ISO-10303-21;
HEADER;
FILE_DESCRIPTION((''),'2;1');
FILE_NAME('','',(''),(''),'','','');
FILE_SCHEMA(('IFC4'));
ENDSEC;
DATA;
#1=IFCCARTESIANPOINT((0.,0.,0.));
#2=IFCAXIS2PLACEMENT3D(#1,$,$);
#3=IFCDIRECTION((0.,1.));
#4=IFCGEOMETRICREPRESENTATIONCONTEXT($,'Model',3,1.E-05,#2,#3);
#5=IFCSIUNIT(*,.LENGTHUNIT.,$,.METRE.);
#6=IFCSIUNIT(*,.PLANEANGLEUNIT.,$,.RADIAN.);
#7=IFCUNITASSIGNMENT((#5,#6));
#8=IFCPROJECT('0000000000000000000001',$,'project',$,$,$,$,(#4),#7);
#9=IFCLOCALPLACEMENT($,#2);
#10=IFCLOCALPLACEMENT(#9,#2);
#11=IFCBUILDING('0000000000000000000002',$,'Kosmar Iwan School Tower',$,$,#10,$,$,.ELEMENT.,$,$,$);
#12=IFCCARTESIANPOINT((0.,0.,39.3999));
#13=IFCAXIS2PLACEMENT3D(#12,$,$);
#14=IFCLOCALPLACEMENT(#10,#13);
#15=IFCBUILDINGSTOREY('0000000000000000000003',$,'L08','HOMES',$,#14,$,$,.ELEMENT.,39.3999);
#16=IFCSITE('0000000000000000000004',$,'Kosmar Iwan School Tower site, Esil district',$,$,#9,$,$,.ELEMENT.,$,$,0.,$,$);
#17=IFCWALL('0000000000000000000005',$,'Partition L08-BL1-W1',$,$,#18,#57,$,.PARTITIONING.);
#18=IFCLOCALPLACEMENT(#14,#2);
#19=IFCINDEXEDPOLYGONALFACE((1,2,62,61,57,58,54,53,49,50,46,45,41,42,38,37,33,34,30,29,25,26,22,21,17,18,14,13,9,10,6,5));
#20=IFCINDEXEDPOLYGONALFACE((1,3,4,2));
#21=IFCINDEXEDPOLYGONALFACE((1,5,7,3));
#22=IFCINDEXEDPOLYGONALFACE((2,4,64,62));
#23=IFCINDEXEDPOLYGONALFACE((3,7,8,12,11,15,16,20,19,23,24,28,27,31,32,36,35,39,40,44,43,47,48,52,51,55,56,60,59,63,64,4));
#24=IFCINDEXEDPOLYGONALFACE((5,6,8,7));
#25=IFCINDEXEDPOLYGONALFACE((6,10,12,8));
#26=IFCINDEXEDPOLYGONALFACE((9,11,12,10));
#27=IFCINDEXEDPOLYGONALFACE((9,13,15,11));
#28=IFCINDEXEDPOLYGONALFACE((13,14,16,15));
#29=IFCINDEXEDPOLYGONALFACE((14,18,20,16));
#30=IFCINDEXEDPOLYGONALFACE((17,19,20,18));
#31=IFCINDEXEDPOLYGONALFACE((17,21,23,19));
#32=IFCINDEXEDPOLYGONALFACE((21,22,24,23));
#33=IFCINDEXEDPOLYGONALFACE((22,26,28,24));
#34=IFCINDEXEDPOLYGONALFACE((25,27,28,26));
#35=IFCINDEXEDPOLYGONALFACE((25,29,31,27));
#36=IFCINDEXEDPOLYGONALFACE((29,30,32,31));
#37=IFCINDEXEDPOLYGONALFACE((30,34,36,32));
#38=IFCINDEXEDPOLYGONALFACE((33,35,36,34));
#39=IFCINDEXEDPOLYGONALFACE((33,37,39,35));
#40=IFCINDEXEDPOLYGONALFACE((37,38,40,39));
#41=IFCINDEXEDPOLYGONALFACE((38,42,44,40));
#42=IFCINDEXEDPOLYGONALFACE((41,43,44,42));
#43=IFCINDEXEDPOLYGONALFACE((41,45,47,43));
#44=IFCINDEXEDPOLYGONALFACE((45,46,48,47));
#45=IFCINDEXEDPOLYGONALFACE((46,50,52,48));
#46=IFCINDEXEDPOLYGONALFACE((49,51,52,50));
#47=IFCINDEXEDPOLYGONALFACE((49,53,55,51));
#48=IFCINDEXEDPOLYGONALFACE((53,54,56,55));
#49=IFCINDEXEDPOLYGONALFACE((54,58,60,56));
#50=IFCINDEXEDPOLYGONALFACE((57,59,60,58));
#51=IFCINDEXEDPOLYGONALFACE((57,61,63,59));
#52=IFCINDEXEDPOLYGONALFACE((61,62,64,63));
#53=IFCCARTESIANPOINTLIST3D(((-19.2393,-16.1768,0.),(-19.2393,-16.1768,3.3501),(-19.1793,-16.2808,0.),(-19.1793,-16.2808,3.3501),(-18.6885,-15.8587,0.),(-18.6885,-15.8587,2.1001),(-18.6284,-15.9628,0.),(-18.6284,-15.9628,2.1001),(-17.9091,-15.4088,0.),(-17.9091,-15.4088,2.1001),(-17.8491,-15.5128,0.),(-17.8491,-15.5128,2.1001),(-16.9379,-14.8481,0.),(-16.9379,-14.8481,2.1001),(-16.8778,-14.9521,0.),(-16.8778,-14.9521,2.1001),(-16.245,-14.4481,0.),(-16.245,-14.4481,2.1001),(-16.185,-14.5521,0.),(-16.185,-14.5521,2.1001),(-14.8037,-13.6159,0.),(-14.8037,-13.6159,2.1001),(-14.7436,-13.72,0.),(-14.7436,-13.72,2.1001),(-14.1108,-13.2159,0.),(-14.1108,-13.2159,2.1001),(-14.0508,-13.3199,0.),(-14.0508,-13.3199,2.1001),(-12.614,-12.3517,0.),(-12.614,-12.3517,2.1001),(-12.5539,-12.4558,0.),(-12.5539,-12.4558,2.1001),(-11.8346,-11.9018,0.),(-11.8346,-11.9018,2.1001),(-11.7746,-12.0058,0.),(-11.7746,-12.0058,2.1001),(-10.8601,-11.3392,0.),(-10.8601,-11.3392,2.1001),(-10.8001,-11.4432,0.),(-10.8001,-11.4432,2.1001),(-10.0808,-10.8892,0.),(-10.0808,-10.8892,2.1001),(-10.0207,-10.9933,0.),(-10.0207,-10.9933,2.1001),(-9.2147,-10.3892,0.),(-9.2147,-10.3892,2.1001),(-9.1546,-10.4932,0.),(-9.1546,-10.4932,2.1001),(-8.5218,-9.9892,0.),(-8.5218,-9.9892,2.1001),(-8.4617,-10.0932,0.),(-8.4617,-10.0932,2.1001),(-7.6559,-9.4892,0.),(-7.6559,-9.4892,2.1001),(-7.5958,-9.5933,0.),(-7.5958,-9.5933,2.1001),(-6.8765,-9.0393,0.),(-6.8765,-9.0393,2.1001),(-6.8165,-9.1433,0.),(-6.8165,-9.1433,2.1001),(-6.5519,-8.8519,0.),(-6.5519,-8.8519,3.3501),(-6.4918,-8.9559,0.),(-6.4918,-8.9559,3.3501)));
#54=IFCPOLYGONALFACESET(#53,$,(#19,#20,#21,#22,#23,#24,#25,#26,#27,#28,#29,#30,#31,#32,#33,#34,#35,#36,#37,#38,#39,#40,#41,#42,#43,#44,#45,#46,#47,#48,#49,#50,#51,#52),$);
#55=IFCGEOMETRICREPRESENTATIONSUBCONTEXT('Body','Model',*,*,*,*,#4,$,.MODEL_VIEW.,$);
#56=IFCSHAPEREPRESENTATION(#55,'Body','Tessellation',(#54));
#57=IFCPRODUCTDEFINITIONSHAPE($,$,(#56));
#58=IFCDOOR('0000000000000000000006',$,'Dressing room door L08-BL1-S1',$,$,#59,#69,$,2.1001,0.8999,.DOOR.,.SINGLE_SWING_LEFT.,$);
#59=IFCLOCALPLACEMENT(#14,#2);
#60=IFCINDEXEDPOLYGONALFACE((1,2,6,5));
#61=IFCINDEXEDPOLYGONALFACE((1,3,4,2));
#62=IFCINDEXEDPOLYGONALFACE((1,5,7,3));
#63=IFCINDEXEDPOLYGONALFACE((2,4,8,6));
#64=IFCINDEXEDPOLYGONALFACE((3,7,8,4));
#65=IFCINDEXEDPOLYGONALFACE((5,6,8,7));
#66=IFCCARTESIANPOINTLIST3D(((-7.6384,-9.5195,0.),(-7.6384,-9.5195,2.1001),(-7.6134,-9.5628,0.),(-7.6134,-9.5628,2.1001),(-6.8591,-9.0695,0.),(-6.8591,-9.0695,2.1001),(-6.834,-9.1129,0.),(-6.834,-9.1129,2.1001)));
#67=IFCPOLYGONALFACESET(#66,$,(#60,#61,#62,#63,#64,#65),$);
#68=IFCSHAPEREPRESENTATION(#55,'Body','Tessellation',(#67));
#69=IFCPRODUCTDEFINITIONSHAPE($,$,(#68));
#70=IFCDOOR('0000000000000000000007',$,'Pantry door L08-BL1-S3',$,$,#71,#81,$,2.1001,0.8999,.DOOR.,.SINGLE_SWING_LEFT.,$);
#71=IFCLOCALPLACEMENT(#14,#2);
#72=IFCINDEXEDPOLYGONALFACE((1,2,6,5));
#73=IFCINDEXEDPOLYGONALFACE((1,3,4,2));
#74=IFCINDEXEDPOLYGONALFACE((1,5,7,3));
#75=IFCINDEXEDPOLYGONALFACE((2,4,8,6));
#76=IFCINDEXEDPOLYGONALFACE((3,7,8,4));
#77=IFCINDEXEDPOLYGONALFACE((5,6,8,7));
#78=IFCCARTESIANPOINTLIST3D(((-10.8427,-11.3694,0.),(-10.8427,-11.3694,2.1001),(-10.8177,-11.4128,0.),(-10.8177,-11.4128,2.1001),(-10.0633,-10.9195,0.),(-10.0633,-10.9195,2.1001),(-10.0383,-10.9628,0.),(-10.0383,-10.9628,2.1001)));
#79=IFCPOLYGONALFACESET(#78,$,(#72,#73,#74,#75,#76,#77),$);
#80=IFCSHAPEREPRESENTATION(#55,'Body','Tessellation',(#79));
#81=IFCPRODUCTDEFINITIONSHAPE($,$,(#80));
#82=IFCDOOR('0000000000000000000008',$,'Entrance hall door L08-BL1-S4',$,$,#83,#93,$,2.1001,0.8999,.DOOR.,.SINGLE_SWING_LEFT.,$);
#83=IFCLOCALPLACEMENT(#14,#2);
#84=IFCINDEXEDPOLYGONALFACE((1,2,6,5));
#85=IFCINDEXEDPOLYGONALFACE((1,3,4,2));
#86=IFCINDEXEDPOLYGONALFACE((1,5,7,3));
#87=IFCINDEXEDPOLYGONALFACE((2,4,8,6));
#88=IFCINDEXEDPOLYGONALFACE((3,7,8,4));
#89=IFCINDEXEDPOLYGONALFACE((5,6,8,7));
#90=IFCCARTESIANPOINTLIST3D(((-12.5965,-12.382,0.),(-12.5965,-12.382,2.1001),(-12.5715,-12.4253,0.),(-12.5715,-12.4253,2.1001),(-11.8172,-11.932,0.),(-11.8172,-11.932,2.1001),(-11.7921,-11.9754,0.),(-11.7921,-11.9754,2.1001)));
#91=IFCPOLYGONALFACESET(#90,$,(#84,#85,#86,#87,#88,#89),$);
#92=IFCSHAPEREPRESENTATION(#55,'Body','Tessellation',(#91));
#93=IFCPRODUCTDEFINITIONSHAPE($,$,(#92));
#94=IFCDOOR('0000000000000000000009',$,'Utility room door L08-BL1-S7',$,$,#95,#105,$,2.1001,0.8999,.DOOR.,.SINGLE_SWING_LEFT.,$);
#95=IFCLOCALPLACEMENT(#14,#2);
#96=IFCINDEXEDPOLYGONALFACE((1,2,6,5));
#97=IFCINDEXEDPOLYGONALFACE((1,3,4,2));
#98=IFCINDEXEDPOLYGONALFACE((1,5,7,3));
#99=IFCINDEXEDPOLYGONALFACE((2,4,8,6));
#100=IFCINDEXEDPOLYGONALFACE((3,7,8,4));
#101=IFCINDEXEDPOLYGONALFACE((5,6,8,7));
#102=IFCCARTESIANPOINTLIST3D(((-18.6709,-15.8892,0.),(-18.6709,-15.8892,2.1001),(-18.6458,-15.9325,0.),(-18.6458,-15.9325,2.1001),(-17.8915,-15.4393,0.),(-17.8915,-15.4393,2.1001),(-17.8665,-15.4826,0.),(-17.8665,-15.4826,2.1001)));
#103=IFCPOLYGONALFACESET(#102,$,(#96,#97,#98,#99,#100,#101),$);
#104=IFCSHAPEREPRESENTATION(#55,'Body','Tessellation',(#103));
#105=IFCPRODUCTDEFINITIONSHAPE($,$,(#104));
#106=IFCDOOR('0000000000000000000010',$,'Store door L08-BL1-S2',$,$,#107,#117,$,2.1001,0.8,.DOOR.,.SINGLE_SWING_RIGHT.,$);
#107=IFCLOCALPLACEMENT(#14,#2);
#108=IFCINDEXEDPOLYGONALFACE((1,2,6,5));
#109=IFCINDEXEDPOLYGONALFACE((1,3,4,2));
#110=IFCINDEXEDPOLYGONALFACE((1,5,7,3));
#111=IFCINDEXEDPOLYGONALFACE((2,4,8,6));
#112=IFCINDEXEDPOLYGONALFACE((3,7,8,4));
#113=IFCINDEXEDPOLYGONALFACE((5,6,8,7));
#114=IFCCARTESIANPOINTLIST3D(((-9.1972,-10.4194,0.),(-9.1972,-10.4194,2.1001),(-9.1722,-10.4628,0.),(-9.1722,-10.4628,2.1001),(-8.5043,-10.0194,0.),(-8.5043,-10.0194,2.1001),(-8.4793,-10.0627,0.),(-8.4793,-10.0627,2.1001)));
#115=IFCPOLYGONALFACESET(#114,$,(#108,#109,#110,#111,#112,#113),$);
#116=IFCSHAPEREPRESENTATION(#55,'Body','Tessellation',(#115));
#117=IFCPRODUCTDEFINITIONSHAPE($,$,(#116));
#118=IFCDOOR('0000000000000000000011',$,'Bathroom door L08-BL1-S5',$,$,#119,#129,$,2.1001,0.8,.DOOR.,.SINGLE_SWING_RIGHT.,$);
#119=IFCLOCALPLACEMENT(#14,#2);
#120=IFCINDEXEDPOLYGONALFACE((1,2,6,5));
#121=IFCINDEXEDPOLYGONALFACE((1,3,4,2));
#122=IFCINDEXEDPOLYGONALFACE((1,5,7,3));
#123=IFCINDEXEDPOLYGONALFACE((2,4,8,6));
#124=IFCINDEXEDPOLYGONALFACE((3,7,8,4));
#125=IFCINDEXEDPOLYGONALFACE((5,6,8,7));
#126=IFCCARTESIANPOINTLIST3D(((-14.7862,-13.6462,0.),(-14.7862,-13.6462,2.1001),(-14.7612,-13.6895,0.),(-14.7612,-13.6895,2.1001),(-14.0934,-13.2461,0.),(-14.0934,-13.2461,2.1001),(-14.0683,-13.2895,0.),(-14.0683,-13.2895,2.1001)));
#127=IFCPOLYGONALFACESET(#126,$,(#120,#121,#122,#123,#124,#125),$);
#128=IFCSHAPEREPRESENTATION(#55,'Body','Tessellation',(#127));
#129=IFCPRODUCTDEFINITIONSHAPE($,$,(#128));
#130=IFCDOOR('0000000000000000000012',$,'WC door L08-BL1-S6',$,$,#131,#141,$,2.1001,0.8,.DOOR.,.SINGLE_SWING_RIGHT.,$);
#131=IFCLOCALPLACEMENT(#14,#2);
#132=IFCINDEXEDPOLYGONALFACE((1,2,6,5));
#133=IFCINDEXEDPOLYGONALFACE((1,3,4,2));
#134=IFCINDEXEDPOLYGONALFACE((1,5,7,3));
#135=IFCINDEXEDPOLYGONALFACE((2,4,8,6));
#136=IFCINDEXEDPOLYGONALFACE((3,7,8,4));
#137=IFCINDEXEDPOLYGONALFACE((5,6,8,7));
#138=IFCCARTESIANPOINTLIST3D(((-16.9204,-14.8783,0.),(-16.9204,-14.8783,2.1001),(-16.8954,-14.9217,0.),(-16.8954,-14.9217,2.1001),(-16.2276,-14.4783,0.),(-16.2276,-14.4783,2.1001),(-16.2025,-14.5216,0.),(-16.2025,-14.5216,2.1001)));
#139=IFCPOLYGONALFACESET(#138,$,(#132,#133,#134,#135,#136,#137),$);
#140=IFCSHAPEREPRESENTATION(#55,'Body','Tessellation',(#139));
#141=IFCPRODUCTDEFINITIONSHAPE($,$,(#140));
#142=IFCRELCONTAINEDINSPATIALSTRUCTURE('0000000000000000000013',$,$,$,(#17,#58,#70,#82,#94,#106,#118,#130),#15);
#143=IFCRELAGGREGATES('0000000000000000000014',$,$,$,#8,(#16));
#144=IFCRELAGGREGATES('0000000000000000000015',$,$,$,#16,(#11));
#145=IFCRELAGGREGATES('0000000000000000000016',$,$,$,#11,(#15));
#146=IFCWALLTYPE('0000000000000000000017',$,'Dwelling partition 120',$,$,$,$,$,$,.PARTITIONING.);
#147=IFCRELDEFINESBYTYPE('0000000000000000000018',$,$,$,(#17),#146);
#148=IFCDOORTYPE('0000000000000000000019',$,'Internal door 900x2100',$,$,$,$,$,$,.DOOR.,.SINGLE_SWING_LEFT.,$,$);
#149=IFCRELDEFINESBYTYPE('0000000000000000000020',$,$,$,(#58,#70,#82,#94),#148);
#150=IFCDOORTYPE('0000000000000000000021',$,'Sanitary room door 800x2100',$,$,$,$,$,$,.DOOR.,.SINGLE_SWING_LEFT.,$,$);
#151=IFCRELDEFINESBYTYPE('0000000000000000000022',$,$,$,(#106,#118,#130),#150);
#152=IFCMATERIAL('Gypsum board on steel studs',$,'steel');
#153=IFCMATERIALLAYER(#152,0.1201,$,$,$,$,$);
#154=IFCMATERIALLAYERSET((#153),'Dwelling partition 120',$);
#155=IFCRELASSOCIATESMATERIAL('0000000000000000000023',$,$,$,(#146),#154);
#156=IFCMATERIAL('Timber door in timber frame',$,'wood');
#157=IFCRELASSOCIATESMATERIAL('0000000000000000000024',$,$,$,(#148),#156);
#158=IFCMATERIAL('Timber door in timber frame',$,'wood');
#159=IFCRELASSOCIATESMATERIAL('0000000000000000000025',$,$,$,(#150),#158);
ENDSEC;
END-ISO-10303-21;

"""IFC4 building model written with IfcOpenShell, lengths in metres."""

from ifc_helpers import new_model, si_unit, direction, frame, frame_2d, origin, place, context, subcontext, project, spatial, rectangle, extrude, material, layer, layer_set, type_object, element, fill, save


model = new_model("IFC4")

# Units and contexts
model_context = context("Model", 3, precision=1e-05, world=origin(), true_north=direction((0.0, 1.0)))
body_context = subcontext(model_context, "Body", "Model", "MODEL_VIEW")
ifc_project = project(units=[si_unit("LENGTHUNIT", "METRE"), si_unit("PLANEANGLEUNIT", "RADIAN")], contexts=[model_context])

# Site, building, storey
site_placement = place(None, origin())
site = spatial("IfcSite", under=ifc_project, at=site_placement, Name="Kosmar Iwan School Tower site, Esil district", CompositionType="ELEMENT", RefElevation=0.0)
building_placement = place(site_placement, origin())
building = spatial("IfcBuilding", under=site, at=building_placement, Name="Kosmar Iwan School Tower", CompositionType="ELEMENT")
storey_placement = place(building_placement, frame((0.0, 0.0, 39.3999)))
storey = spatial("IfcBuildingStorey", under=building, at=storey_placement, Name="L08", Description="HOMES", CompositionType="ELEMENT", Elevation=39.3999)

# Wall, openings, doors
ifc_material_1 = material(Name="Gypsum board on steel studs", Category="steel")
ifc_layer_1 = layer(ifc_material_1, 0.1201)
ifc_layer_set_1 = layer_set([ifc_layer_1], Name="Dwelling partition 120")
wall_type_1 = type_object("IfcWallType", Name="Dwelling partition 120", PredefinedType="PARTITIONING", material=ifc_layer_set_1)
wall_1_placement = place(storey_placement, frame((-6.5217, -8.9038, 0.0), z_axis=(0.0, 0.0, 1.0), x_axis=(-0.866031, -0.499991, 0.0)))
wall_1 = element("IfcWall", 1, at=wall_1_placement, inside=storey, type_object=wall_type_1, Name="Partition L08-BL1-W1", PredefinedType="PARTITIONING", context=body_context, shape_type="SweptSolid", body=[
    extrude(rectangle(XDim=14.6501, YDim=0.1201, at=frame_2d((7.3252, 0.0))), origin(), (0.0, 0.0, 1.0), 3.3501),
])
opening_1_placement = place(wall_1_placement, frame((0.375, 0.0, 0.0)))
opening_1 = element("IfcOpeningElement", 2, at=opening_1_placement, cuts=wall_1, PredefinedType="OPENING", context=body_context, shape_type="SweptSolid", body=[
    extrude(rectangle(XDim=0.8999, YDim=2.1001, at=frame_2d((0.45, 1.05))), frame((0.0, 0.072, 0.0), z_axis=(0.0, -1.0, 0.0), x_axis=(1.0, 0.0, 0.0)), (0.0, 0.0, 1.0), 0.144),
])
opening_2_placement = place(wall_1_placement, frame((2.2749, 0.0, 0.0)))
opening_2 = element("IfcOpeningElement", 3, at=opening_2_placement, cuts=wall_1, PredefinedType="OPENING", context=body_context, shape_type="SweptSolid", body=[
    extrude(rectangle(XDim=0.8, YDim=2.1001, at=frame_2d((0.3999, 1.05))), frame((0.0, 0.072, 0.0), z_axis=(0.0, -1.0, 0.0), x_axis=(1.0, 0.0, 0.0)), (0.0, 0.0, 1.0), 0.144),
])
opening_3_placement = place(wall_1_placement, frame((4.075, 0.0, 0.0)))
opening_3 = element("IfcOpeningElement", 4, at=opening_3_placement, cuts=wall_1, PredefinedType="OPENING", context=body_context, shape_type="SweptSolid", body=[
    extrude(rectangle(XDim=0.8999, YDim=2.1001, at=frame_2d((0.45, 1.05))), frame((0.0, 0.072, 0.0), z_axis=(0.0, -1.0, 0.0), x_axis=(1.0, 0.0, 0.0)), (0.0, 0.0, 1.0), 0.144),
])
opening_4_placement = place(wall_1_placement, frame((6.1001, 0.0, 0.0)))
opening_4 = element("IfcOpeningElement", 5, at=opening_4_placement, cuts=wall_1, PredefinedType="OPENING", context=body_context, shape_type="SweptSolid", body=[
    extrude(rectangle(XDim=0.8999, YDim=2.1001, at=frame_2d((0.45, 1.05))), frame((0.0, 0.072, 0.0), z_axis=(0.0, -1.0, 0.0), x_axis=(1.0, 0.0, 0.0)), (0.0, 0.0, 1.0), 0.144),
])
opening_5_placement = place(wall_1_placement, frame((8.7285, 0.0, 0.0)))
opening_5 = element("IfcOpeningElement", 6, at=opening_5_placement, cuts=wall_1, PredefinedType="OPENING", context=body_context, shape_type="SweptSolid", body=[
    extrude(rectangle(XDim=0.8, YDim=2.1001, at=frame_2d((0.3999, 1.05))), frame((0.0, 0.072, 0.0), z_axis=(0.0, -1.0, 0.0), x_axis=(1.0, 0.0, 0.0)), (0.0, 0.0, 1.0), 0.144),
])
opening_6_placement = place(wall_1_placement, frame((11.1929, 0.0, 0.0)))
opening_6 = element("IfcOpeningElement", 7, at=opening_6_placement, cuts=wall_1, PredefinedType="OPENING", context=body_context, shape_type="SweptSolid", body=[
    extrude(rectangle(XDim=0.8, YDim=2.1001, at=frame_2d((0.3999, 1.05))), frame((0.0, 0.072, 0.0), z_axis=(0.0, -1.0, 0.0), x_axis=(1.0, 0.0, 0.0)), (0.0, 0.0, 1.0), 0.144),
])
opening_7_placement = place(wall_1_placement, frame((13.1143, 0.0, 0.0)))
opening_7 = element("IfcOpeningElement", 8, at=opening_7_placement, cuts=wall_1, PredefinedType="OPENING", context=body_context, shape_type="SweptSolid", body=[
    extrude(rectangle(XDim=0.8999, YDim=2.1001, at=frame_2d((0.45, 1.05))), frame((0.0, 0.072, 0.0), z_axis=(0.0, -1.0, 0.0), x_axis=(1.0, 0.0, 0.0)), (0.0, 0.0, 1.0), 0.144),
])
ifc_material_2 = material(Name="Timber door in timber frame", Category="wood")
door_type_1 = type_object("IfcDoorType", Name="Internal door 900x2100", OperationType="SINGLE_SWING_LEFT", PredefinedType="DOOR", material=ifc_material_2)
door_1_placement = place(opening_1_placement, origin())
door_1 = element("IfcDoor", 9, at=door_1_placement, inside=storey, type_object=door_type_1, Name="Dressing room door L08-BL1-S1", OperationType="SINGLE_SWING_LEFT", OverallHeight=2.1001, OverallWidth=0.8999, PredefinedType="DOOR", context=body_context, shape_type="SweptSolid", body=[
    extrude(rectangle(XDim=0.8999, YDim=2.1001, at=frame_2d((0.45, 1.05))), frame((0.0, 0.0249, 0.0), z_axis=(0.0, -1.0, 0.0), x_axis=(1.0, 0.0, 0.0)), (0.0, 0.0, 1.0), 0.05),
])
fill(opening_1, door_1)
door_2_placement = place(opening_3_placement, origin())
door_2 = element("IfcDoor", 10, at=door_2_placement, inside=storey, type_object=door_type_1, Name="Pantry door L08-BL1-S3", OperationType="SINGLE_SWING_LEFT", OverallHeight=2.1001, OverallWidth=0.8999, PredefinedType="DOOR", context=body_context, shape_type="SweptSolid", body=[
    extrude(rectangle(XDim=0.8999, YDim=2.1001, at=frame_2d((0.45, 1.05))), frame((0.0, 0.0249, 0.0), z_axis=(0.0, -1.0, 0.0), x_axis=(1.0, 0.0, 0.0)), (0.0, 0.0, 1.0), 0.05),
])
fill(opening_3, door_2)
door_3_placement = place(opening_4_placement, origin())
door_3 = element("IfcDoor", 11, at=door_3_placement, inside=storey, type_object=door_type_1, Name="Entrance hall door L08-BL1-S4", OperationType="SINGLE_SWING_LEFT", OverallHeight=2.1001, OverallWidth=0.8999, PredefinedType="DOOR", context=body_context, shape_type="SweptSolid", body=[
    extrude(rectangle(XDim=0.8999, YDim=2.1001, at=frame_2d((0.45, 1.05))), frame((0.0, 0.0249, 0.0), z_axis=(0.0, -1.0, 0.0), x_axis=(1.0, 0.0, 0.0)), (0.0, 0.0, 1.0), 0.05),
])
fill(opening_4, door_3)
door_4_placement = place(opening_7_placement, frame((0.8999, 0.0, 0.0), z_axis=(0.0, 0.0, 1.0), x_axis=(-1.0, 0.0, 0.0)))
door_4 = element("IfcDoor", 12, at=door_4_placement, inside=storey, type_object=door_type_1, Name="Utility room door L08-BL1-S7", OperationType="SINGLE_SWING_LEFT", OverallHeight=2.1001, OverallWidth=0.8999, PredefinedType="DOOR", context=body_context, shape_type="SweptSolid", body=[
    extrude(rectangle(XDim=0.8999, YDim=2.1001, at=frame_2d((0.45, 1.05))), frame((0.0, 0.0249, 0.0), z_axis=(0.0, -1.0, 0.0), x_axis=(1.0, 0.0, 0.0)), (0.0, 0.0, 1.0), 0.05),
])
fill(opening_7, door_4)
ifc_material_3 = material(Name="Timber door in timber frame", Category="wood")
door_type_2 = type_object("IfcDoorType", Name="Sanitary room door 800x2100", OperationType="SINGLE_SWING_LEFT", PredefinedType="DOOR", material=ifc_material_3)
door_5_placement = place(opening_2_placement, origin())
door_5 = element("IfcDoor", 13, at=door_5_placement, inside=storey, type_object=door_type_2, Name="Store door L08-BL1-S2", OperationType="SINGLE_SWING_RIGHT", OverallHeight=2.1001, OverallWidth=0.8, PredefinedType="DOOR", context=body_context, shape_type="SweptSolid", body=[
    extrude(rectangle(XDim=0.8, YDim=2.1001, at=frame_2d((0.3999, 1.05))), frame((0.0, 0.0249, 0.0), z_axis=(0.0, -1.0, 0.0), x_axis=(1.0, 0.0, 0.0)), (0.0, 0.0, 1.0), 0.05),
])
fill(opening_2, door_5)
door_6_placement = place(opening_5_placement, origin())
door_6 = element("IfcDoor", 14, at=door_6_placement, inside=storey, type_object=door_type_2, Name="Bathroom door L08-BL1-S5", OperationType="SINGLE_SWING_RIGHT", OverallHeight=2.1001, OverallWidth=0.8, PredefinedType="DOOR", context=body_context, shape_type="SweptSolid", body=[
    extrude(rectangle(XDim=0.8, YDim=2.1001, at=frame_2d((0.3999, 1.05))), frame((0.0, 0.0249, 0.0), z_axis=(0.0, -1.0, 0.0), x_axis=(1.0, 0.0, 0.0)), (0.0, 0.0, 1.0), 0.05),
])
fill(opening_5, door_6)
door_7_placement = place(opening_6_placement, origin())
door_7 = element("IfcDoor", 15, at=door_7_placement, inside=storey, type_object=door_type_2, Name="WC door L08-BL1-S6", OperationType="SINGLE_SWING_RIGHT", OverallHeight=2.1001, OverallWidth=0.8, PredefinedType="DOOR", context=body_context, shape_type="SweptSolid", body=[
    extrude(rectangle(XDim=0.8, YDim=2.1001, at=frame_2d((0.3999, 1.05))), frame((0.0, 0.0249, 0.0), z_axis=(0.0, -1.0, 0.0), x_axis=(1.0, 0.0, 0.0)), (0.0, 0.0, 1.0), 0.05),
])
fill(opening_6, door_7)

save(model, "model.ifc")
